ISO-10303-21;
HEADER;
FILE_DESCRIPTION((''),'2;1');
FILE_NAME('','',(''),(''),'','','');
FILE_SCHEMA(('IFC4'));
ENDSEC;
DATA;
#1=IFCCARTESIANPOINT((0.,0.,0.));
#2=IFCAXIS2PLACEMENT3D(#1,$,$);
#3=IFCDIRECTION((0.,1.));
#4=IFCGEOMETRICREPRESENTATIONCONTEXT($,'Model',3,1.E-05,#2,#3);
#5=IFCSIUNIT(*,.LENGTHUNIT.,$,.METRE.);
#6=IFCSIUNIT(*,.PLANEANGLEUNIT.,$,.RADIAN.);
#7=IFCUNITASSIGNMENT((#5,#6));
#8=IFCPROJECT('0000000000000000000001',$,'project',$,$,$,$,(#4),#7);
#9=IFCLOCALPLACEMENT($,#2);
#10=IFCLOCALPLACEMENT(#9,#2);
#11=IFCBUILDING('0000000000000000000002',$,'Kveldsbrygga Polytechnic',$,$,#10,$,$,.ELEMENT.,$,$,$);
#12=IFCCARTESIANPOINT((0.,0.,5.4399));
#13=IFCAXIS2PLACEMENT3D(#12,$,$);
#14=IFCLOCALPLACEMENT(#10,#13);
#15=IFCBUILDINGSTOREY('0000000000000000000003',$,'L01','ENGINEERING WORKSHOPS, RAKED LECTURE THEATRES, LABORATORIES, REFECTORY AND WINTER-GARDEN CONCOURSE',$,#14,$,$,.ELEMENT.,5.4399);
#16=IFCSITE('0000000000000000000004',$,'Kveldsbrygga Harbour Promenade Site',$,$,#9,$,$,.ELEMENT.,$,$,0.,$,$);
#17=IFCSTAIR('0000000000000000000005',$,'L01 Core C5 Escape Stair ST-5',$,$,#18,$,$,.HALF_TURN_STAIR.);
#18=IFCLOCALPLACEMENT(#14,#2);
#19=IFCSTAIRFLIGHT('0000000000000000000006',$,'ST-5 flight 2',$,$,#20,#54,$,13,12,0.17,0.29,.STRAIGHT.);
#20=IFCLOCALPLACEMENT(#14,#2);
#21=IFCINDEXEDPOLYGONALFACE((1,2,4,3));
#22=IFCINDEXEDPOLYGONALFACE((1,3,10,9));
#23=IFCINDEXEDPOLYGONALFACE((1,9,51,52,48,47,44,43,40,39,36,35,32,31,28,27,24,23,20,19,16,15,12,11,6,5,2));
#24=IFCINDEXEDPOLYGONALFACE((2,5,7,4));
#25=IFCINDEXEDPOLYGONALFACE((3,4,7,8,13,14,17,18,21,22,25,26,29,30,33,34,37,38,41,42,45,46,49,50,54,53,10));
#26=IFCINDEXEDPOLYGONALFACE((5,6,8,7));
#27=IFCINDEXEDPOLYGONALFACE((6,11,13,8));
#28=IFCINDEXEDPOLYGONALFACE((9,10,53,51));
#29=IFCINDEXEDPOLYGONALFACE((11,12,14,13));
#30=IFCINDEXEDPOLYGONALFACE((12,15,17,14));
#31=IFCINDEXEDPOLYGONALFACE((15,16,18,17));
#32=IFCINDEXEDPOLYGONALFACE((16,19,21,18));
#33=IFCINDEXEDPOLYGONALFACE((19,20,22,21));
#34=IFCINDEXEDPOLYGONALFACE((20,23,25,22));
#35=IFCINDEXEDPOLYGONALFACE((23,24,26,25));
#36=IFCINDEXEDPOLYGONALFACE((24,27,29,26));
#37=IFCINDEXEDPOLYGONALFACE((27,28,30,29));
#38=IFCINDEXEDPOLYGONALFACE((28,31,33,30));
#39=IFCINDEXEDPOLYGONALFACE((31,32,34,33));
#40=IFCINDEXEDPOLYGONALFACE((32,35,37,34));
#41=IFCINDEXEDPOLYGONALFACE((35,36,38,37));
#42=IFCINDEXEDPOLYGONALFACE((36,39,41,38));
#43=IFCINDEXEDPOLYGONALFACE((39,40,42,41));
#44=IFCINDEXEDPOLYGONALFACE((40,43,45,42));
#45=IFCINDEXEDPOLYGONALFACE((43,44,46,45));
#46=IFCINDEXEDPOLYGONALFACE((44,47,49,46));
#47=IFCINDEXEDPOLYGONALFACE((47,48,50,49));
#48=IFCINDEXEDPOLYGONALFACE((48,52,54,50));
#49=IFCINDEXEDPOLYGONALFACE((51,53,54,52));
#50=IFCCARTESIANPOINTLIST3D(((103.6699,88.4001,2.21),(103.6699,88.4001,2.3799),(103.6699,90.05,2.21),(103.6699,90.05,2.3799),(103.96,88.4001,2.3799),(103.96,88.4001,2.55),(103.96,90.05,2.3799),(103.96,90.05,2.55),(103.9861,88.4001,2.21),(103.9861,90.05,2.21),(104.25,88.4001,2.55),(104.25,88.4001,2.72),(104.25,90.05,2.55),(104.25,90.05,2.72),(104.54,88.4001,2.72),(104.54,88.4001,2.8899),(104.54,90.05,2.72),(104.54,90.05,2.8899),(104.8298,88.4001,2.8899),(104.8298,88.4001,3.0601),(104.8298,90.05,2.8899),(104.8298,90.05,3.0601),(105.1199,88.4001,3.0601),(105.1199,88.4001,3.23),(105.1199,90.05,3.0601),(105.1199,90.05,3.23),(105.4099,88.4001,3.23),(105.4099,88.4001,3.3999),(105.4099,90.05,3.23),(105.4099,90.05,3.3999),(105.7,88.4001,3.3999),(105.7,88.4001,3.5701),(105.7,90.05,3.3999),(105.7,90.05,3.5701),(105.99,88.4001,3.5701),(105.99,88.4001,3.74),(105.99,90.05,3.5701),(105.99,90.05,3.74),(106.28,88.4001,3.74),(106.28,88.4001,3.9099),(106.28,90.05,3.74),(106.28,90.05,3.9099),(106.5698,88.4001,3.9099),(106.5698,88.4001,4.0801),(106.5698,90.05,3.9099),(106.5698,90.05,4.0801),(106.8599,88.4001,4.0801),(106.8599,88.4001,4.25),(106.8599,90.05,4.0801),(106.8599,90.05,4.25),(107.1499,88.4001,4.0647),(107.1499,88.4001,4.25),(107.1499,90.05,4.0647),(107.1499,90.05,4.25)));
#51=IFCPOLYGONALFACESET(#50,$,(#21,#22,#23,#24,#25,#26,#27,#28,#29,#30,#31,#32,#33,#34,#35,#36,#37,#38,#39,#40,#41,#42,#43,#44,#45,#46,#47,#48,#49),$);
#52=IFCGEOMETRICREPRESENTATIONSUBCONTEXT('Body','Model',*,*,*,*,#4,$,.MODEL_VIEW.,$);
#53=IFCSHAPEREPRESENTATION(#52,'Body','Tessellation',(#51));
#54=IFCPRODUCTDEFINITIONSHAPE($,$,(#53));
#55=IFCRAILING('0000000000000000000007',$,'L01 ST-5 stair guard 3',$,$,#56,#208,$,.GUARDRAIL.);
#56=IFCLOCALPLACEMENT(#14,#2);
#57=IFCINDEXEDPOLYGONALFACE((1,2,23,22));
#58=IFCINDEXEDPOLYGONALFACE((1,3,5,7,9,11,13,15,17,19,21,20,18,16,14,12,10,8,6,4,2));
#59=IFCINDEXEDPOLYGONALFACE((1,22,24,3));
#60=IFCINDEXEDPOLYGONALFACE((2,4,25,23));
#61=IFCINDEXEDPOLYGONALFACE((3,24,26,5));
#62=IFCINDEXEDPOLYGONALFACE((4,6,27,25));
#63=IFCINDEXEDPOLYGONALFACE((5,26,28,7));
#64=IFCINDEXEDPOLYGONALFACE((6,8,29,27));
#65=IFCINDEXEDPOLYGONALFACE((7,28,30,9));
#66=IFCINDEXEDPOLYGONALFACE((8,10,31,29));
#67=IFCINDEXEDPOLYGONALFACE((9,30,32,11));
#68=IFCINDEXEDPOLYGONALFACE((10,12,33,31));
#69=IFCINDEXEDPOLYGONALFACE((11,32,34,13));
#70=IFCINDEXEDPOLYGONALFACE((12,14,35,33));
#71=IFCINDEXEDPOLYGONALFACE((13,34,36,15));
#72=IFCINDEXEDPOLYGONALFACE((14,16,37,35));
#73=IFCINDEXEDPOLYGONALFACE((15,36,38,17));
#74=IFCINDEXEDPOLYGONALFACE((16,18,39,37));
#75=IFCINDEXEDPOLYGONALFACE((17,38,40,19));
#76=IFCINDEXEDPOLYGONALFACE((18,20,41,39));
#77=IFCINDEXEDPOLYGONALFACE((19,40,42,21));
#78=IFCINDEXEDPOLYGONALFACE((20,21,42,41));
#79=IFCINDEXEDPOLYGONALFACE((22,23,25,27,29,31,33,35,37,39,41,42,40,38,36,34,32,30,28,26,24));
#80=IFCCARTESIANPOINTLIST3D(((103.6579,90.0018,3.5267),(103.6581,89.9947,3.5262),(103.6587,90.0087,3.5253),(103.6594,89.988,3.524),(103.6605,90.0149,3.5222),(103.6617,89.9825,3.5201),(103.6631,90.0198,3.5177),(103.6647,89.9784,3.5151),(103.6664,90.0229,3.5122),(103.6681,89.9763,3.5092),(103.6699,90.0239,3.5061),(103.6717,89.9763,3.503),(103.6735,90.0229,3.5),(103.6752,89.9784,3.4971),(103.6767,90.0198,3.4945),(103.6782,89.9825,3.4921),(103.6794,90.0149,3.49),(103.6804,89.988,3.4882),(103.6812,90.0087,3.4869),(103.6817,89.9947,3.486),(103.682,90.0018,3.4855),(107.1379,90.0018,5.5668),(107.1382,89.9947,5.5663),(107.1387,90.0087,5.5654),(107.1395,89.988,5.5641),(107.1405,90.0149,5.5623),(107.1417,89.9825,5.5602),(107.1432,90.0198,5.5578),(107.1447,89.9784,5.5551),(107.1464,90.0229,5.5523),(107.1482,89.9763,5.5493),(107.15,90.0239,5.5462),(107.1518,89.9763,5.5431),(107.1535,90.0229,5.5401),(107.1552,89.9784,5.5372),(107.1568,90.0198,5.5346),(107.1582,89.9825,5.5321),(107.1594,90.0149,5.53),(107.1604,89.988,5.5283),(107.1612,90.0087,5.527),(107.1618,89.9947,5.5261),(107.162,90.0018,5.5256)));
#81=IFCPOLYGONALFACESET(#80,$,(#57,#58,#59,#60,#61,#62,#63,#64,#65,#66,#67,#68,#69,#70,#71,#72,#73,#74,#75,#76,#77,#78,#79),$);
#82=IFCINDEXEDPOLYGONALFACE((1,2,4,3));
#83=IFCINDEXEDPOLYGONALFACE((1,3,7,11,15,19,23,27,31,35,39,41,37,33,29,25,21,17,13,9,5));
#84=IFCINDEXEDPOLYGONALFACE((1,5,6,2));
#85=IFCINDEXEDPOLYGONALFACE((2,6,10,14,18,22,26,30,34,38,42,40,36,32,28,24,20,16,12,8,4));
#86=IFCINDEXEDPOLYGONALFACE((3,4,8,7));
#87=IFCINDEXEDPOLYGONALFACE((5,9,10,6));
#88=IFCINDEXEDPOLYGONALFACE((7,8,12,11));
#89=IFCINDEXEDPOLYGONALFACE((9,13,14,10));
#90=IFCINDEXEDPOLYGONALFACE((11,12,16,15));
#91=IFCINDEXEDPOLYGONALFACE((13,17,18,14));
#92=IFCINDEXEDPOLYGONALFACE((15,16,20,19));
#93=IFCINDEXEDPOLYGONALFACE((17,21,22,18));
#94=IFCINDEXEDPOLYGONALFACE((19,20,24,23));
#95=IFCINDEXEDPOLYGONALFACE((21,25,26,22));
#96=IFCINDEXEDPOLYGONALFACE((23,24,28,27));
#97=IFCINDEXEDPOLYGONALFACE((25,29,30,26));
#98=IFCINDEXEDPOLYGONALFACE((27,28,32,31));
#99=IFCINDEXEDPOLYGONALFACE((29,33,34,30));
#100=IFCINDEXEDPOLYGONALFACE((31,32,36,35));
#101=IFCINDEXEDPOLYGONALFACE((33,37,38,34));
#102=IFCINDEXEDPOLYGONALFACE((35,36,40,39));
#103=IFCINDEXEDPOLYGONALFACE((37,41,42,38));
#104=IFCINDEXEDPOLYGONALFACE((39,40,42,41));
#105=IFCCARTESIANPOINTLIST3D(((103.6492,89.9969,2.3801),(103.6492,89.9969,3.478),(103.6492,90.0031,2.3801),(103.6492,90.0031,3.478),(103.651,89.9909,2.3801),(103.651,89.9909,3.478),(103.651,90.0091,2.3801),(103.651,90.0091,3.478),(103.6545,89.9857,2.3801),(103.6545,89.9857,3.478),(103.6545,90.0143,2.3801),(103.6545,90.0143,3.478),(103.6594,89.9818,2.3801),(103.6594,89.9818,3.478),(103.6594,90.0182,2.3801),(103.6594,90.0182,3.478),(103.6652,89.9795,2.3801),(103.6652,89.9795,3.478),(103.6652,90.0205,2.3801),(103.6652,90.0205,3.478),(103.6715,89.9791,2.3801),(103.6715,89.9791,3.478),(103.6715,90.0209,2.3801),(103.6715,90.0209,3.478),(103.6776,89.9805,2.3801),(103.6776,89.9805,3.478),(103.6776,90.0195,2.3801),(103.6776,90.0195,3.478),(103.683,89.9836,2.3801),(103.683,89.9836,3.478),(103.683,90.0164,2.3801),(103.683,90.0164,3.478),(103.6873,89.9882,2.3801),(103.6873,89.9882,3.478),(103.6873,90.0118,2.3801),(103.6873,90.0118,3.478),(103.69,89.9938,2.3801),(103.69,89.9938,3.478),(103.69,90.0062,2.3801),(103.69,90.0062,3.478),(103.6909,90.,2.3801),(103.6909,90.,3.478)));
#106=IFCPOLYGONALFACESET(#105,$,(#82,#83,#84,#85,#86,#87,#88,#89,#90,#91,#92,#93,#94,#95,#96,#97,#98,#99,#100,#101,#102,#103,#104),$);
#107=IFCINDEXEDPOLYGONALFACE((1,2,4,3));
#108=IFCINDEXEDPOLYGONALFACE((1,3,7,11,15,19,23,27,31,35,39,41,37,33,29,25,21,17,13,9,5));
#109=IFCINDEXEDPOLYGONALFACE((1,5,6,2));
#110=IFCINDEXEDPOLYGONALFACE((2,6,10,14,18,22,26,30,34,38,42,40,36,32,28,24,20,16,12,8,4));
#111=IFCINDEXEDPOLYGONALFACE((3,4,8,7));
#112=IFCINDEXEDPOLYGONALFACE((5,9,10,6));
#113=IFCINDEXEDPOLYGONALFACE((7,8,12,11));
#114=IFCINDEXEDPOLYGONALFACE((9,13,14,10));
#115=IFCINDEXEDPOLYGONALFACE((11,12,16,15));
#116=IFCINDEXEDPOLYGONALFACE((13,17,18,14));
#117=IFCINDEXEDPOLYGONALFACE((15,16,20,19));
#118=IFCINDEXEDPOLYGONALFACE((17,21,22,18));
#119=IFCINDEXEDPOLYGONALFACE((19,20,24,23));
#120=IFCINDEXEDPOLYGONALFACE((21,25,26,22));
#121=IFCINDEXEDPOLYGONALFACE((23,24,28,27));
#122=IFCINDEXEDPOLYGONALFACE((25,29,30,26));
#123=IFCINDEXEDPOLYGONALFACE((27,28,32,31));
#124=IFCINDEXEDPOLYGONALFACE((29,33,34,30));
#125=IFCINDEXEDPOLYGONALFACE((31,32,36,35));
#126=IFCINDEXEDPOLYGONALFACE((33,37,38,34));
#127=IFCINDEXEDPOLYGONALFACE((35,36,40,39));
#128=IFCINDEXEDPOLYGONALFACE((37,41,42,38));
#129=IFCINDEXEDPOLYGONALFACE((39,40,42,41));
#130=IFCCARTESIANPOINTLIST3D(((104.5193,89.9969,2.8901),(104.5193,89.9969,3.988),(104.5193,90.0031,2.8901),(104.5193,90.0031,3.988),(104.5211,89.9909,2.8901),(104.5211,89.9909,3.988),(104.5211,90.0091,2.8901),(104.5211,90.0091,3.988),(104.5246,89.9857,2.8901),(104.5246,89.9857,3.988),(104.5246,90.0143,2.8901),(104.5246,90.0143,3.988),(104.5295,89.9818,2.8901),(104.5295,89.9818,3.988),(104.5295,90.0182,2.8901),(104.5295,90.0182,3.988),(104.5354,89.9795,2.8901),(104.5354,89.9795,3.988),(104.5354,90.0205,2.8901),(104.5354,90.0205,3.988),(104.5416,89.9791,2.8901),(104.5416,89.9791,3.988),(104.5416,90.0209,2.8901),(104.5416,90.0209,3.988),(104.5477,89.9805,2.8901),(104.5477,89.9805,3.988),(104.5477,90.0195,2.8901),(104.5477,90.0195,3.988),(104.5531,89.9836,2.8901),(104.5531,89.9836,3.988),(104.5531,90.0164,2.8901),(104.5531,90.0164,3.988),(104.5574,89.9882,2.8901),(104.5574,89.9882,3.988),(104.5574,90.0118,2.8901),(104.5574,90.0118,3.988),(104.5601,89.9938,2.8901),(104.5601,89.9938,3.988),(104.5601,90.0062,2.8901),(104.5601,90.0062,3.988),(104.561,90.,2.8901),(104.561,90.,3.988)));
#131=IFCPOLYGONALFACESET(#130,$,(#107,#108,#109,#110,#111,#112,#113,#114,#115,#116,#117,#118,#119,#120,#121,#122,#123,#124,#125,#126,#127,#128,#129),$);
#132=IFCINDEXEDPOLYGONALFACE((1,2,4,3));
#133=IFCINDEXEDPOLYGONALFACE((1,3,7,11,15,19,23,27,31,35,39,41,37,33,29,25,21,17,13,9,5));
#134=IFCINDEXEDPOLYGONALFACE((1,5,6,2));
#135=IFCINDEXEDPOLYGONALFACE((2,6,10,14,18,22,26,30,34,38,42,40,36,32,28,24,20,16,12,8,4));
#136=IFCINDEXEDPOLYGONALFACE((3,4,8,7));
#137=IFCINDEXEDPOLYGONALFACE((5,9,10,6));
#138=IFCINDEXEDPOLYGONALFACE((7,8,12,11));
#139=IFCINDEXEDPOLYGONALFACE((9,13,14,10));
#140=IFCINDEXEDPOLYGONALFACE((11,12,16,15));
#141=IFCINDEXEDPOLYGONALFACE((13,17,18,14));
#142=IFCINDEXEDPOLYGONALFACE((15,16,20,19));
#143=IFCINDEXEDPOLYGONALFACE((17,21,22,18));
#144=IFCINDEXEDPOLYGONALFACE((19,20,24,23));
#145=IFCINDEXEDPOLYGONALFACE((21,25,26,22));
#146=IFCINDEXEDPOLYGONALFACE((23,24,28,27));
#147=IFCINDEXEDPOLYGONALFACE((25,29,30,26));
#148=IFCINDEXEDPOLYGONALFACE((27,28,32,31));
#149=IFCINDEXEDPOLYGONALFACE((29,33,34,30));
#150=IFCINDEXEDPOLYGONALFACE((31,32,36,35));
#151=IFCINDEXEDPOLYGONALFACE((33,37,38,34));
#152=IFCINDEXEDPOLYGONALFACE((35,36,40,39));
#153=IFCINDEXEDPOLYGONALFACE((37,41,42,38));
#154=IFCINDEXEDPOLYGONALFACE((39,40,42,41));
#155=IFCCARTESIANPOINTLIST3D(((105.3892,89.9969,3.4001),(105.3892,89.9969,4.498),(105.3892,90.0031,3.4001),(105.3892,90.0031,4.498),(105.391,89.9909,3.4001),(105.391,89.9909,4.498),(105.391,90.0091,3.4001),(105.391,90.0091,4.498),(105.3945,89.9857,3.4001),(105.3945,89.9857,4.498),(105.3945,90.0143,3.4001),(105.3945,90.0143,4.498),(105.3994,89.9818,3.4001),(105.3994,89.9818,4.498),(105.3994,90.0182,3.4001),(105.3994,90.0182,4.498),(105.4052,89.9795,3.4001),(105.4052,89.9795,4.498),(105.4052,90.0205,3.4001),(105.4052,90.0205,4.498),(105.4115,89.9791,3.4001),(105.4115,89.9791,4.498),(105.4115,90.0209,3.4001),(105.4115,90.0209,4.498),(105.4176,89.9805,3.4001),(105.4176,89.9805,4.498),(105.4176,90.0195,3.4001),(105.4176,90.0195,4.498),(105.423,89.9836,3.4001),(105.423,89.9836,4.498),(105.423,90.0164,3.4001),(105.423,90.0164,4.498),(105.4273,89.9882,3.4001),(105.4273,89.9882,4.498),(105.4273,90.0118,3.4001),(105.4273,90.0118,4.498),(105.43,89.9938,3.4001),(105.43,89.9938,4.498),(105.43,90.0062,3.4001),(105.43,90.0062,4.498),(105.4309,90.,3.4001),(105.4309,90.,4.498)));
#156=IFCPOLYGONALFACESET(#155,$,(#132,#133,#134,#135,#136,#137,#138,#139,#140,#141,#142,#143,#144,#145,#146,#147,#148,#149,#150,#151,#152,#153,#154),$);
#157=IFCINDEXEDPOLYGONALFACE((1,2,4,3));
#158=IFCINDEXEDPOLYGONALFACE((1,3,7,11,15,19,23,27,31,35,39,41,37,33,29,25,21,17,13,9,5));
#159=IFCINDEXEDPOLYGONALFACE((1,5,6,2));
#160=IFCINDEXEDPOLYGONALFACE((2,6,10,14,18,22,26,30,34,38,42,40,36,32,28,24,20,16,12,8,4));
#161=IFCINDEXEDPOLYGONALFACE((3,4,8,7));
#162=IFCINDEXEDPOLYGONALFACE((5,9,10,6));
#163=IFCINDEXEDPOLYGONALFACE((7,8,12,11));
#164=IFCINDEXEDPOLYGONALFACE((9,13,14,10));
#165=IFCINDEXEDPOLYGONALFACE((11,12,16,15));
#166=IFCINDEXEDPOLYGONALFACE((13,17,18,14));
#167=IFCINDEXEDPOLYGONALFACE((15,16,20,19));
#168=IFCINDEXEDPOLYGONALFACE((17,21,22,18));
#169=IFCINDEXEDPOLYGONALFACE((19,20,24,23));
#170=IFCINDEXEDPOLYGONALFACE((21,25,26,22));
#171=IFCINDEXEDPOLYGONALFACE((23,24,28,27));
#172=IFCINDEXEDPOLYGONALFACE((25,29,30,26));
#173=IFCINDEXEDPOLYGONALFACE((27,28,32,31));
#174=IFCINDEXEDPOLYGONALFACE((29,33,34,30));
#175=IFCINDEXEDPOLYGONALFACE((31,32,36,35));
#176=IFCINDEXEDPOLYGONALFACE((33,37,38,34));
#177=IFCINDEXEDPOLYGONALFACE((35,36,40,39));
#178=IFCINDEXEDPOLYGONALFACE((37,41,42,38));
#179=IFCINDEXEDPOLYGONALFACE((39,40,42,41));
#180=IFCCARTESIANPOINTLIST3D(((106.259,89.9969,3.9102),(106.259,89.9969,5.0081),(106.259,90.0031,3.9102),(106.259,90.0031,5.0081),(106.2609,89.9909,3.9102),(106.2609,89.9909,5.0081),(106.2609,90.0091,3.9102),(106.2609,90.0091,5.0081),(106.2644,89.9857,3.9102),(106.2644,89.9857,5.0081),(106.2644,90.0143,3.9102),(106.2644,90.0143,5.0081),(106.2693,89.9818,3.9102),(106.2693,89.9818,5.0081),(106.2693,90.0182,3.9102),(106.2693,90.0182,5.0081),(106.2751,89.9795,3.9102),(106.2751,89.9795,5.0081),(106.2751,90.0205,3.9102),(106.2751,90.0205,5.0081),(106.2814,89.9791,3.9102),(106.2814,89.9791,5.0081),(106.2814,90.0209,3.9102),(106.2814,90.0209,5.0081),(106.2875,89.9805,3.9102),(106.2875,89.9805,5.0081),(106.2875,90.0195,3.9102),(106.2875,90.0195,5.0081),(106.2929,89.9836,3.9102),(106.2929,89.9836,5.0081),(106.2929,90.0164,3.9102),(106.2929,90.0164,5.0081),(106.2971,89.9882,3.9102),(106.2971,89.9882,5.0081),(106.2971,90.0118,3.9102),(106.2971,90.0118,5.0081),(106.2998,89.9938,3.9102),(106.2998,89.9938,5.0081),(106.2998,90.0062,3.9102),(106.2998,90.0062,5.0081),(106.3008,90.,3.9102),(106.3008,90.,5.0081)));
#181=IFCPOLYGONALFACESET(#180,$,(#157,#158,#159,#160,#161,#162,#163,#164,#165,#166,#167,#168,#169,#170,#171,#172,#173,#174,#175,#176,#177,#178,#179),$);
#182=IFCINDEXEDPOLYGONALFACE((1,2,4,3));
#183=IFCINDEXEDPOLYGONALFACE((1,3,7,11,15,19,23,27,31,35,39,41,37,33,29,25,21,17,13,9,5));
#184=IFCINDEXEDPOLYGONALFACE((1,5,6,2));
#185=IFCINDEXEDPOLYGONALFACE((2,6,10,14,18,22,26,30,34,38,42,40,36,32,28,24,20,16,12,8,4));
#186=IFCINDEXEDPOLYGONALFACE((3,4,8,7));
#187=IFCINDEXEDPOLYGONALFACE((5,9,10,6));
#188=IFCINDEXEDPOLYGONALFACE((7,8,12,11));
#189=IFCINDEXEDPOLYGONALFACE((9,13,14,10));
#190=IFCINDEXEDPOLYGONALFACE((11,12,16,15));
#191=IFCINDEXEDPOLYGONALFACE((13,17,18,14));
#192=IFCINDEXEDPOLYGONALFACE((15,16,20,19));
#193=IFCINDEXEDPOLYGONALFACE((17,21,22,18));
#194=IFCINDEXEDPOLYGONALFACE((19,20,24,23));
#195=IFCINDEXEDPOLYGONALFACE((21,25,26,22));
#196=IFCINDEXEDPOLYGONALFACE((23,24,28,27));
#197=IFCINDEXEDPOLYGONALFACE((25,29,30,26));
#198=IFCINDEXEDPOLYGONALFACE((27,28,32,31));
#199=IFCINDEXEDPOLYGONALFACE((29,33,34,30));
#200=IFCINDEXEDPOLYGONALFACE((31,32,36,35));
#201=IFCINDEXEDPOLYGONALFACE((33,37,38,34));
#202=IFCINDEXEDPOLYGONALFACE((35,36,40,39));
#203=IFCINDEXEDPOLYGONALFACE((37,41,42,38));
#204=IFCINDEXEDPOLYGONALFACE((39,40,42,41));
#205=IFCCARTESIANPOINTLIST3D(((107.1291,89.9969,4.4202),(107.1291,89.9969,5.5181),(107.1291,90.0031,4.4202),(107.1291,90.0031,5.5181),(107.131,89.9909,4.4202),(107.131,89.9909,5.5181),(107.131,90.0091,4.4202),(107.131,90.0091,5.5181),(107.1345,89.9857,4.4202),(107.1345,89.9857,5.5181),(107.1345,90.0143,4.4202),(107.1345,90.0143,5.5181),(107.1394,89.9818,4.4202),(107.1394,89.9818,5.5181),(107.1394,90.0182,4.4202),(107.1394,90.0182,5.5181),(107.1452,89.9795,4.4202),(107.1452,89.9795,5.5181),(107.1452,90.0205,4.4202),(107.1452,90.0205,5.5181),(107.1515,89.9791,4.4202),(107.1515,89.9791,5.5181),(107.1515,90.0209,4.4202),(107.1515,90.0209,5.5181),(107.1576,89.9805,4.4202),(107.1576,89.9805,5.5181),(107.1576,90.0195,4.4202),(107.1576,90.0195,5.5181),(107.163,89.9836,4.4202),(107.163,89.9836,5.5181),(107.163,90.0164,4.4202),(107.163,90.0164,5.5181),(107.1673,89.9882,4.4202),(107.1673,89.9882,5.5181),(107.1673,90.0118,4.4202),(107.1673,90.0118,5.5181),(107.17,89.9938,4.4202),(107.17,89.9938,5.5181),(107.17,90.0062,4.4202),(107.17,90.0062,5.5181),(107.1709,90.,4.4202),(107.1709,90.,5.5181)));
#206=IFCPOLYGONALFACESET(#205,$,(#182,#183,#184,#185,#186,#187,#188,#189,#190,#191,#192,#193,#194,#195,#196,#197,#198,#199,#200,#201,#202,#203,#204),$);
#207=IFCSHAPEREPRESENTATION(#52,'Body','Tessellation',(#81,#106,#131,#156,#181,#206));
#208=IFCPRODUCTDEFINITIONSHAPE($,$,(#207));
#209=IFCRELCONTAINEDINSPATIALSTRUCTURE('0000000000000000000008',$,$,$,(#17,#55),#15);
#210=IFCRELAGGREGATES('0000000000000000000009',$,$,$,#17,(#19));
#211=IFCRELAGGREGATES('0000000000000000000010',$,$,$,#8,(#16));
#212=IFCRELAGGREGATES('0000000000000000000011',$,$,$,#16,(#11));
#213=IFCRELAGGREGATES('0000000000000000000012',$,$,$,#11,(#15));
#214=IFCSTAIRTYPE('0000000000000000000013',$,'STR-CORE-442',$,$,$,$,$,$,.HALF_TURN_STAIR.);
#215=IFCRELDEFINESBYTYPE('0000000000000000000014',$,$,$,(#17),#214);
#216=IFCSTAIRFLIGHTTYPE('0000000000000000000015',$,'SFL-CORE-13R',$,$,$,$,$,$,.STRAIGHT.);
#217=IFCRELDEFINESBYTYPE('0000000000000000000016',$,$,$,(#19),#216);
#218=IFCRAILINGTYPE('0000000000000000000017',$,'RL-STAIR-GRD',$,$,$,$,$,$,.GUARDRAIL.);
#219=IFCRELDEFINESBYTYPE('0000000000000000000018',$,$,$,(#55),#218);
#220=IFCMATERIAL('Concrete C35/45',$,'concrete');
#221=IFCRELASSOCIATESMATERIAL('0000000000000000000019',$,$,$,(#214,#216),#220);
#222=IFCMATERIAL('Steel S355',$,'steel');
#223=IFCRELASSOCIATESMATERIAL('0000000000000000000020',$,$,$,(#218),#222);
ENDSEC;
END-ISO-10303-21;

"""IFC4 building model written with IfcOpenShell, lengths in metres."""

from ifc_helpers import new_model, si_unit, direction, frame, origin, origin_2d, place, context, subcontext, project, spatial, polyline, circle, outline, extrude, material, type_object, element, aggregate, save


model = new_model("IFC4")

# Units and contexts
model_context = context("Model", 3, precision=1e-05, world=origin(), true_north=direction((0.0, 1.0)))
body_context = subcontext(model_context, "Body", "Model", "MODEL_VIEW")
ifc_project = project(units=[si_unit("LENGTHUNIT", "METRE"), si_unit("PLANEANGLEUNIT", "RADIAN")], contexts=[model_context])

# Site, building, storey
site_placement = place(None, origin())
site = spatial("IfcSite", under=ifc_project, at=site_placement, Name="Kveldsbrygga Harbour Promenade Site", CompositionType="ELEMENT", RefElevation=0.0)
building_placement = place(site_placement, origin())
building = spatial("IfcBuilding", under=site, at=building_placement, Name="Kveldsbrygga Polytechnic", CompositionType="ELEMENT")
storey_placement = place(building_placement, frame((0.0, 0.0, 5.4399)))
storey = spatial("IfcBuildingStorey", under=building, at=storey_placement, Name="L01", Description="ENGINEERING WORKSHOPS, RAKED LECTURE THEATRES, LABORATORIES, REFECTORY AND WINTER-GARDEN CONCOURSE", CompositionType="ELEMENT", Elevation=5.4399)

# Shared definitions
ifc_material_1 = material(Name="Concrete C35/45", Category="concrete")

# Stair, stair flight
stair_type = type_object("IfcStairType", Name="STR-CORE-442", PredefinedType="HALF_TURN_STAIR", material=ifc_material_1)
stair_placement = place(storey_placement, origin())
stair = element("IfcStair", 1, at=stair_placement, inside=storey, type_object=stair_type, Name="L01 Core C5 Escape Stair ST-5", PredefinedType="HALF_TURN_STAIR")
stair_flight_type = type_object("IfcStairFlightType", Name="SFL-CORE-13R", PredefinedType="STRAIGHT", material=ifc_material_1)
stair_flight_placement = place(storey_placement, frame((103.6699, 89.2251, 2.21), z_axis=(0.0, 0.0, 1.0), x_axis=(1.0, 0.0, 0.0)))
stair_flight = element("IfcStairFlight", 2, at=stair_flight_placement, type_object=stair_flight_type, Name="ST-5 flight 2", NumberOfRisers=13, NumberOfTreads=12, PredefinedType="STRAIGHT", RiserHeight=0.17, TreadLength=0.29, context=body_context, shape_type="SweptSolid", body=[
    extrude(outline(polyline([(0.0, 0.0), (0.0, 0.1699), (0.29, 0.1699), (0.29, 0.3401), (0.5801, 0.3401), (0.5801, 0.51), (0.8701, 0.51), (0.8701, 0.6799), (1.1599, 0.6799), (1.1599, 0.8501), (1.45, 0.8501), (1.45, 1.02), (1.74, 1.02), (1.74, 1.1899), (2.03, 1.1899), (2.03, 1.3601), (2.3201, 1.3601), (2.3201, 1.53), (2.6101, 1.53), (2.6101, 1.7), (2.8999, 1.7), (2.8999, 1.8701), (3.1899, 1.8701), (3.1899, 2.04), (3.48, 2.04), (3.48, 2.21), (3.48, 1.8547), (0.3162, 0.0), (0.0, 0.0)])), frame((0.0, 0.825, 0.0), z_axis=(0.0, -1.0, 0.0), x_axis=(1.0, 0.0, 0.0)), (0.0, 0.0, 1.0), 1.6499),
])
aggregate(stair, [stair_flight])

# Railing
ifc_material_2 = material(Name="Steel S355", Category="steel")
railing_type_1 = type_object("IfcRailingType", Name="RL-STAIR-GRD", PredefinedType="GUARDRAIL", material=ifc_material_2)
railing_1_placement = place(storey_placement, frame((103.6699, 90.0, 2.3801)))
element("IfcRailing", 3, at=railing_1_placement, inside=storey, type_object=railing_type_1, Name="L01 ST-5 stair guard 3", PredefinedType="GUARDRAIL", context=body_context, shape_type="SweptSolid", body=[
    extrude(circle(Radius=0.0239, at=origin_2d()), frame((0.0, 0.0, 1.126), z_axis=(0.862693, 0.0, 0.505729), x_axis=(0.0, 1.0, 0.0)), (0.0, 0.0, 1.0), 4.0339),
    extrude(circle(Radius=0.021, at=origin_2d()), origin(), (0.0, 0.0, 1.0), 1.0979),
    extrude(circle(Radius=0.021, at=origin_2d()), frame((0.8701, 0.0, 0.51)), (0.0, 0.0, 1.0), 1.0979),
    extrude(circle(Radius=0.021, at=origin_2d()), frame((1.74, 0.0, 1.02)), (0.0, 0.0, 1.0), 1.0979),
    extrude(circle(Radius=0.021, at=origin_2d()), frame((2.6099, 0.0, 1.53)), (0.0, 0.0, 1.0), 1.0979),
    extrude(circle(Radius=0.021, at=origin_2d()), frame((3.48, 0.0, 2.04)), (0.0, 0.0, 1.0), 1.0979),
])

save(model, "model.ifc")
